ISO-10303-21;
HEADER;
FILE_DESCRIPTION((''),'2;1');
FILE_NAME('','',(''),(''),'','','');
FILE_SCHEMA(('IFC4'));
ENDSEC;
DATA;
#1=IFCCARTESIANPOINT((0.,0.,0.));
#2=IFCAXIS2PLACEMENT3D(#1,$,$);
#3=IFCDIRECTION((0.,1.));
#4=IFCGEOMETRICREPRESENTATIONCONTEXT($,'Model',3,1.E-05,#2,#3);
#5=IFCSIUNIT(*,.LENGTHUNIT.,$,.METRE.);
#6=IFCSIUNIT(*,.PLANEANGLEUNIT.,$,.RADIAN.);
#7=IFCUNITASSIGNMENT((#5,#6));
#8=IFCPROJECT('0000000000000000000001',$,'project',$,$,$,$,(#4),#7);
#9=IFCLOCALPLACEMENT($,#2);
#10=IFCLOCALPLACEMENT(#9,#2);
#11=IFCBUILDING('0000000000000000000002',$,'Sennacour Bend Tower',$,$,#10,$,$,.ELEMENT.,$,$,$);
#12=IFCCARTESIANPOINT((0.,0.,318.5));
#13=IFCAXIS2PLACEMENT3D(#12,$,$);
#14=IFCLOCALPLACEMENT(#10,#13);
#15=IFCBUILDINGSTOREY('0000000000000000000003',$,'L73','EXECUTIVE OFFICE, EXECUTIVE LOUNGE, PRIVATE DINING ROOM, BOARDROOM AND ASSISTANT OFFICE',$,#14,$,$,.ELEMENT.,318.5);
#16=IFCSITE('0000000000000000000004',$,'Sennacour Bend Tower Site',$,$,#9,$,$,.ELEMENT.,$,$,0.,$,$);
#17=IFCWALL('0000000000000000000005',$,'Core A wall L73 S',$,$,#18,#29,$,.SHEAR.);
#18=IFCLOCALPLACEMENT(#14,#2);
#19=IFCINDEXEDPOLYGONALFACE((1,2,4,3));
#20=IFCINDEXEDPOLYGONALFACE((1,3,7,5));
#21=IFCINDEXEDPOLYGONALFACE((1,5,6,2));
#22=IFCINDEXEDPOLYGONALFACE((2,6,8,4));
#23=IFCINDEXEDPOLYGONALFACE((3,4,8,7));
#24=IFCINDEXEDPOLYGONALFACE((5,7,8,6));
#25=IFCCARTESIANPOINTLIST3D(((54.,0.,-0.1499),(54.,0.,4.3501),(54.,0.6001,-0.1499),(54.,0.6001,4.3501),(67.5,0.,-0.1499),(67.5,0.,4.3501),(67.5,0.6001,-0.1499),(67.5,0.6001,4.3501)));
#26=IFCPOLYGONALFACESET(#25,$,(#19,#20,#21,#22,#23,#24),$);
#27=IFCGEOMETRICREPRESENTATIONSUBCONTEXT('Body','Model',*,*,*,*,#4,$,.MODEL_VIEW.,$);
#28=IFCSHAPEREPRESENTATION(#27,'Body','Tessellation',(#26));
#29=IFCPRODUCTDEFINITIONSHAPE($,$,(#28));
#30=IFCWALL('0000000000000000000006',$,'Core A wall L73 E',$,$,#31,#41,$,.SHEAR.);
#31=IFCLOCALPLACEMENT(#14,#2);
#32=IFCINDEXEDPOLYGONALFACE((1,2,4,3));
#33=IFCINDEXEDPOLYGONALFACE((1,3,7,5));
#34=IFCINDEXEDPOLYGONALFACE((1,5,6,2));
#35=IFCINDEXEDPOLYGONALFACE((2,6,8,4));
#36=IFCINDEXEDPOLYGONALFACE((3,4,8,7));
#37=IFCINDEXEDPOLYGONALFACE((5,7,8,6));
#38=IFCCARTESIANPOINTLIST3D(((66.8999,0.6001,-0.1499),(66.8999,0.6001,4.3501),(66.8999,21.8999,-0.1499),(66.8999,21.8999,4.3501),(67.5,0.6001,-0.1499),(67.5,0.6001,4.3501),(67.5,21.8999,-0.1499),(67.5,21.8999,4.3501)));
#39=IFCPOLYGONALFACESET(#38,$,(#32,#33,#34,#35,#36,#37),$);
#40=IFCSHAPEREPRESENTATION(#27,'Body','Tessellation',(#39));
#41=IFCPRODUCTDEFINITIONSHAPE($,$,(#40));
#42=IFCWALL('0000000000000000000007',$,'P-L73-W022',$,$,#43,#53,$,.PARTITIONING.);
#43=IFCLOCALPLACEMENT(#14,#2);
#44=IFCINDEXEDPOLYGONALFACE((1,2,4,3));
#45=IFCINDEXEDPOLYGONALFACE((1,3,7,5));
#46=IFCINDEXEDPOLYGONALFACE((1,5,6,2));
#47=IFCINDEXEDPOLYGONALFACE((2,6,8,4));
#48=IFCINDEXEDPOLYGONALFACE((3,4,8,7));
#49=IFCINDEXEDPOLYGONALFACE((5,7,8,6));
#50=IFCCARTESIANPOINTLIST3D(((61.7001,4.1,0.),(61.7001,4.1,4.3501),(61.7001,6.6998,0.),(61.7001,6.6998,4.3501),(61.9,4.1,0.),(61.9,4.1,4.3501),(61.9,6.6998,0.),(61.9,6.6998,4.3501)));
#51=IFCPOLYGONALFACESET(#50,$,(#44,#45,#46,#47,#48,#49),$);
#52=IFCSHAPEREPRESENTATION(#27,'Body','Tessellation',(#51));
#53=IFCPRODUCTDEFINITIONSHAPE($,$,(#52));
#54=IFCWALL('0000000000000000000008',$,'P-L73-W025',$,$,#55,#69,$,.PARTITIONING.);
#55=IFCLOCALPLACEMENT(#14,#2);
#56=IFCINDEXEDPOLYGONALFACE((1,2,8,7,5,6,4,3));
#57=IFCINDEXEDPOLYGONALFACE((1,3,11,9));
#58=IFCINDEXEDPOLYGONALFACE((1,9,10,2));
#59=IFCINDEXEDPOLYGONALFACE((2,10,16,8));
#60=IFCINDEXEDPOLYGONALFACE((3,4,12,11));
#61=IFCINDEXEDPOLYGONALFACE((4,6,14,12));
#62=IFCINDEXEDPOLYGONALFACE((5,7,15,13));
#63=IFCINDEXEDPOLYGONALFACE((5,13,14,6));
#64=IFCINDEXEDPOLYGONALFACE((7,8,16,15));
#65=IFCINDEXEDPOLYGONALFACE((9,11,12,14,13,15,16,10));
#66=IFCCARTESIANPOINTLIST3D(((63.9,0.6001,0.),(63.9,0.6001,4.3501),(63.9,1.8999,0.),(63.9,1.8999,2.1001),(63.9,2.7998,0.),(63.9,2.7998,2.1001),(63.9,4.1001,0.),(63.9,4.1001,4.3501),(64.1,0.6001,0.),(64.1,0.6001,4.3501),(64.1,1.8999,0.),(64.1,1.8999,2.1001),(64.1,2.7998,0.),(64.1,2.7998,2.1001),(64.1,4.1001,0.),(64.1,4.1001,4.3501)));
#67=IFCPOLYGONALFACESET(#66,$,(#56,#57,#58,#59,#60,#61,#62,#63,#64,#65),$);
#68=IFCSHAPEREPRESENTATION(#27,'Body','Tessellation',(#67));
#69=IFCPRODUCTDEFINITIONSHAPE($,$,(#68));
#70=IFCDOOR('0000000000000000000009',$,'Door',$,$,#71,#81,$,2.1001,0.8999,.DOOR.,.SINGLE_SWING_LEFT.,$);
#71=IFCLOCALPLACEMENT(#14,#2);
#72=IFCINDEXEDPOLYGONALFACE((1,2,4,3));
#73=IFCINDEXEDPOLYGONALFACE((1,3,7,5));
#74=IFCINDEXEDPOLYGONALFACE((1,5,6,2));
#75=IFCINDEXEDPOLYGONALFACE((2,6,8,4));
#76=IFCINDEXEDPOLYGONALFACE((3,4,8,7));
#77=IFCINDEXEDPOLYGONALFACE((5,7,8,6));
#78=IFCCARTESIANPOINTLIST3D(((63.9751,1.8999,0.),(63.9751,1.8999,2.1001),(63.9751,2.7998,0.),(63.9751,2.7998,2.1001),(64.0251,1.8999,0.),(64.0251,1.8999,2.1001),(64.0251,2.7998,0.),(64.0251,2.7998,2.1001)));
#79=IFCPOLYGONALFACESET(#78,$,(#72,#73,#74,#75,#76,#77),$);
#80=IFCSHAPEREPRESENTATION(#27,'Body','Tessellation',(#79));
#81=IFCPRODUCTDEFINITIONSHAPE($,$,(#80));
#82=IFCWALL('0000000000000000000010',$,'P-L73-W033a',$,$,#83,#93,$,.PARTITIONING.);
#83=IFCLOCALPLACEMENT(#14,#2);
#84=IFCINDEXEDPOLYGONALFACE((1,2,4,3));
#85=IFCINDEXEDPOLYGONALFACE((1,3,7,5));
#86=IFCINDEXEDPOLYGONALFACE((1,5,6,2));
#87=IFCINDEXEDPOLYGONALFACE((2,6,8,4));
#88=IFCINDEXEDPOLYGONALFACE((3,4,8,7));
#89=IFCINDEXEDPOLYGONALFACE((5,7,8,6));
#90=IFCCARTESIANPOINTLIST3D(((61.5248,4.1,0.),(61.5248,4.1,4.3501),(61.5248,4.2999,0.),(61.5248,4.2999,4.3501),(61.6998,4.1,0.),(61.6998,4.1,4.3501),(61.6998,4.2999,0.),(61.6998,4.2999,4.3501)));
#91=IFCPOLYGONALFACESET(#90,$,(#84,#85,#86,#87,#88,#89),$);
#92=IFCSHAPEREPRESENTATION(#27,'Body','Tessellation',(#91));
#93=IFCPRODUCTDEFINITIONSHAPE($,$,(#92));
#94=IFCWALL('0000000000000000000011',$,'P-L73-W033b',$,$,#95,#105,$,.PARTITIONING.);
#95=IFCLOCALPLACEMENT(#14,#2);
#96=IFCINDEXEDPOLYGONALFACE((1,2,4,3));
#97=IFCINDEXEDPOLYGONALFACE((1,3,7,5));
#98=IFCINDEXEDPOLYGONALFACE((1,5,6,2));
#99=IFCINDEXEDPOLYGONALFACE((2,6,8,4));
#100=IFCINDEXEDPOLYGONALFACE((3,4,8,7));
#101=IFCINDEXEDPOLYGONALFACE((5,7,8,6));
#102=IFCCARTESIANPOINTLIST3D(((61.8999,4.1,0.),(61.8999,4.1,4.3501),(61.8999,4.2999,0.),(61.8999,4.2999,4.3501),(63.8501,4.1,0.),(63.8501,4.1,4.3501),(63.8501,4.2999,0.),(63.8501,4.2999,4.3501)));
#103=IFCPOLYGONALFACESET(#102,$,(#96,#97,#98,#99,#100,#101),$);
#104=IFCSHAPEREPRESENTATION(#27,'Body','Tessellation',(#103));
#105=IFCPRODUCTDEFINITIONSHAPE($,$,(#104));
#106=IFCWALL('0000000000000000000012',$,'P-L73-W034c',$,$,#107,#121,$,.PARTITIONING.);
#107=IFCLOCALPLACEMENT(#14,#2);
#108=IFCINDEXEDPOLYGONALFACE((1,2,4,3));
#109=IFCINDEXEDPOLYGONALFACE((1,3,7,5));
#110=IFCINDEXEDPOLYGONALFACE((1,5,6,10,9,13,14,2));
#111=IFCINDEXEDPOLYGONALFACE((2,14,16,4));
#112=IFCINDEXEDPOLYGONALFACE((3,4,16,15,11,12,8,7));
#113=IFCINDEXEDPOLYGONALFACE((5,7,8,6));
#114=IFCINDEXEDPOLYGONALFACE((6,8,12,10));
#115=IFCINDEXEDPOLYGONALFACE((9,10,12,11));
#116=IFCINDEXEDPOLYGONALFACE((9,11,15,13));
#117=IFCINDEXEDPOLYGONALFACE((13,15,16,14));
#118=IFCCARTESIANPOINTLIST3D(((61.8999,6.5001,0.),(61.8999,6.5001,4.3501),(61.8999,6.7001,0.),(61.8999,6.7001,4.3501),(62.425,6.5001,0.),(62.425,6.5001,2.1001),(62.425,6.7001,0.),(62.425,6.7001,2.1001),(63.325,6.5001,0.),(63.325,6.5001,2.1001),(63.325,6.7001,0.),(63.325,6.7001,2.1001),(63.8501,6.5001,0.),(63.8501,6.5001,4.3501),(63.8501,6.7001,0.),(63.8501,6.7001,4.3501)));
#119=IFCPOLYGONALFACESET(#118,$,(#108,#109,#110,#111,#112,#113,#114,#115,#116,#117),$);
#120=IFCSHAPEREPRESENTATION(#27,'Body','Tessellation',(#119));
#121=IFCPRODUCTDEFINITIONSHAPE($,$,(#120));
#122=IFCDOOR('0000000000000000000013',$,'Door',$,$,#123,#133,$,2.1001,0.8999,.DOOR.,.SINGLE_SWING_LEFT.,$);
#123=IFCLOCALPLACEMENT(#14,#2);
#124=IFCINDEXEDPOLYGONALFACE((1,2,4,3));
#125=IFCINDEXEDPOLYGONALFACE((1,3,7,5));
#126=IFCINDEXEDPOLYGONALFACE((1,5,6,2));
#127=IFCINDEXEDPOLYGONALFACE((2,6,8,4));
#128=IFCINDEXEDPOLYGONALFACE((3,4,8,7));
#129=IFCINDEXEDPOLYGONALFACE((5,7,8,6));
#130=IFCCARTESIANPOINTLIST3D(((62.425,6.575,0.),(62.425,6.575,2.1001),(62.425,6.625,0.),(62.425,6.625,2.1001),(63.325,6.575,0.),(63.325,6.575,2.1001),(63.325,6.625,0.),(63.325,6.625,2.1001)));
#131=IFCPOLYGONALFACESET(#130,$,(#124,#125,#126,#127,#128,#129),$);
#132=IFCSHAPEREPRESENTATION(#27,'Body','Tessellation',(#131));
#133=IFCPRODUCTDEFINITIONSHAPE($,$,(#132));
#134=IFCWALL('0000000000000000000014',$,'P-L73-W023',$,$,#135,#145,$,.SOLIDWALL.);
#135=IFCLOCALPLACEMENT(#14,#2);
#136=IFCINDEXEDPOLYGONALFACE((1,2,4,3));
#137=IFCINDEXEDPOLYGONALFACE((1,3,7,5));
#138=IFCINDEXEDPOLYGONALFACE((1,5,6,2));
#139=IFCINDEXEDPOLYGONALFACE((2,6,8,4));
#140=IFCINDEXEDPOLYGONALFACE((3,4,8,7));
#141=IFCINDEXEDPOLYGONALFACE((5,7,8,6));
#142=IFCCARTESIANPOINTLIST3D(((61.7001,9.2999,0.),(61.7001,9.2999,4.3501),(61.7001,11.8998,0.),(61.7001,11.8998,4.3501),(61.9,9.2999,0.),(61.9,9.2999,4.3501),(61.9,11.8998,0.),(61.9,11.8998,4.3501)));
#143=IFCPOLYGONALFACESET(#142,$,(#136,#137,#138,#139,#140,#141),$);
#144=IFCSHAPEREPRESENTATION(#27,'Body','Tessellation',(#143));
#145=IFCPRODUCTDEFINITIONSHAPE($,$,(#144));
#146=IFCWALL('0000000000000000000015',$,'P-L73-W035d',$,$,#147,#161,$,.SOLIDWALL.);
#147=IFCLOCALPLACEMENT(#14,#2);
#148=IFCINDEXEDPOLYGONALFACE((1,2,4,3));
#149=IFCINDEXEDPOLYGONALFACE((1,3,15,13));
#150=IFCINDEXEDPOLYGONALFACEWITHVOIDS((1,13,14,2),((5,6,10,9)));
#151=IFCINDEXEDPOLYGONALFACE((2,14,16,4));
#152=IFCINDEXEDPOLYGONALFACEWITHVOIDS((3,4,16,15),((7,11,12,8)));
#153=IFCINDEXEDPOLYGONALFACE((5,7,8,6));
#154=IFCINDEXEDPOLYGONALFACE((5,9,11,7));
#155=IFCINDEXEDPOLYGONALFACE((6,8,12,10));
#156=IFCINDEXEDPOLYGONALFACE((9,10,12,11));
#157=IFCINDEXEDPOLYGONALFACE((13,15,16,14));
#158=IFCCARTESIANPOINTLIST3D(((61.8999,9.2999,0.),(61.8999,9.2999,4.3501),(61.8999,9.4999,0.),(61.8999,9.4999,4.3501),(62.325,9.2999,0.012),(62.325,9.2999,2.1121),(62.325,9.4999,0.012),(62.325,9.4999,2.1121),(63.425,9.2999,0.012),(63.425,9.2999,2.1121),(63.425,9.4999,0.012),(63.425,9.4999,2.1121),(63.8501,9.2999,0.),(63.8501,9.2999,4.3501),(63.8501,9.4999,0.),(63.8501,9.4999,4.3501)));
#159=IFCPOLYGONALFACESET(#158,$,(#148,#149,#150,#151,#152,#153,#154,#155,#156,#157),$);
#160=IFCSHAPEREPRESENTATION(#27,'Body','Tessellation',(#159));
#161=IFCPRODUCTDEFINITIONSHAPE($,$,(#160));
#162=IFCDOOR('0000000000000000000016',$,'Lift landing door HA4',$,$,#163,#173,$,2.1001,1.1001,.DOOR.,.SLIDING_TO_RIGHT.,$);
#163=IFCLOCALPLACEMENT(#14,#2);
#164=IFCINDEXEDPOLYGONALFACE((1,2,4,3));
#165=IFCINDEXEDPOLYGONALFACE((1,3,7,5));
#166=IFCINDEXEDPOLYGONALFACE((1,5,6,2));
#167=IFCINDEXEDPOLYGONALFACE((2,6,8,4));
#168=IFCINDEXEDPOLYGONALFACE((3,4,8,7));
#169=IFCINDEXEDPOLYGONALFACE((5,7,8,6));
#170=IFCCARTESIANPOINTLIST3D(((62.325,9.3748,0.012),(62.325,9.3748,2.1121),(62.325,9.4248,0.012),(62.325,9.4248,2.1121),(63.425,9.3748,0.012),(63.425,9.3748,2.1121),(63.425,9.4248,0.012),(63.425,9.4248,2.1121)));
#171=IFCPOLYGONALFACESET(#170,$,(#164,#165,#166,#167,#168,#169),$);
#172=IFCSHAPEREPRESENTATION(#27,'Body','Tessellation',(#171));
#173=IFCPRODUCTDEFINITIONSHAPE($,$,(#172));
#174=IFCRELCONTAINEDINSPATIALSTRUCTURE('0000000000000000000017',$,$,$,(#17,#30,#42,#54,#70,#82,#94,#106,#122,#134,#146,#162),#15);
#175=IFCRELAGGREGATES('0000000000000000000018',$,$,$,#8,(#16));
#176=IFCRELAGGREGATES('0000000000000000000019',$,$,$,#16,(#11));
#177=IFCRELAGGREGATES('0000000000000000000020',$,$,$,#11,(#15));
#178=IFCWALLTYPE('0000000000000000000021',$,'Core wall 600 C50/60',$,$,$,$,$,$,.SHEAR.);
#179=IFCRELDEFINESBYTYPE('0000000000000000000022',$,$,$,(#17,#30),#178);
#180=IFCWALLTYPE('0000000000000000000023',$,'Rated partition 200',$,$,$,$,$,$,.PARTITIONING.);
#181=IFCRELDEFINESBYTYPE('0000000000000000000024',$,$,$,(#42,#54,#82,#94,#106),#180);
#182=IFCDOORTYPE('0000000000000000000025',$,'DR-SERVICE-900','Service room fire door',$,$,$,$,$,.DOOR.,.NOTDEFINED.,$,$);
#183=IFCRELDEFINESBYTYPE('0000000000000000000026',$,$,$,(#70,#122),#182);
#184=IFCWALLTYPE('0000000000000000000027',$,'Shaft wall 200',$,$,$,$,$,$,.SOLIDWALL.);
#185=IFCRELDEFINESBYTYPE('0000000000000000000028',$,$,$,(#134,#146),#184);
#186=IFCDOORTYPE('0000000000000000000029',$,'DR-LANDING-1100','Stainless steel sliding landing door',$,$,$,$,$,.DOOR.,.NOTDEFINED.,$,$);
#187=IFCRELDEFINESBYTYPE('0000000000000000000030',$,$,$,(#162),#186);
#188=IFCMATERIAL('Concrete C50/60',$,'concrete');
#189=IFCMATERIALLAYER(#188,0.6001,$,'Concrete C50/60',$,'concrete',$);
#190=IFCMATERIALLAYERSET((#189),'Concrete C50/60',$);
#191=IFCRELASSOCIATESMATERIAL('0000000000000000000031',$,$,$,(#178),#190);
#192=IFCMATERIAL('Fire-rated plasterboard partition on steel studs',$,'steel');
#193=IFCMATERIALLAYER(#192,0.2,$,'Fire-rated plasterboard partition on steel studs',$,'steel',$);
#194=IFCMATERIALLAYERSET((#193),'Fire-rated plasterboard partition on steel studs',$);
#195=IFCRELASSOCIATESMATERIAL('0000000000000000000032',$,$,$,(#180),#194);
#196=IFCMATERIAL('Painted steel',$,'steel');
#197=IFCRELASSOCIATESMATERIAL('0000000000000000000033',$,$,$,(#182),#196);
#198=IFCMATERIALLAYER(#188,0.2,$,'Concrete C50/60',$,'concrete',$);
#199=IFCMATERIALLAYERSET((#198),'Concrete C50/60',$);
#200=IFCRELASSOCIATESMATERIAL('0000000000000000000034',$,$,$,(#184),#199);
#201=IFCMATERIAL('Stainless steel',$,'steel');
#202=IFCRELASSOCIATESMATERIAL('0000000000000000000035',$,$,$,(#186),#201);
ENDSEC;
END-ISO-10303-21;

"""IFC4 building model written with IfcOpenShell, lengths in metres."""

from ifc_helpers import new_model, si_unit, direction, frame, frame_2d, origin, place, context, subcontext, project, spatial, rectangle, extrude, material, layer, layer_set, type_object, element, fill, save


model = new_model("IFC4")

# Units and contexts
model_context = context("Model", 3, precision=1e-05, world=origin(), true_north=direction((0.0, 1.0)))
body_context = subcontext(model_context, "Body", "Model", "MODEL_VIEW")
ifc_project = project(units=[si_unit("LENGTHUNIT", "METRE"), si_unit("PLANEANGLEUNIT", "RADIAN")], contexts=[model_context])

# Site, building, storey
site_placement = place(None, origin())
site = spatial("IfcSite", under=ifc_project, at=site_placement, Name="Sennacour Bend Tower Site", CompositionType="ELEMENT", RefElevation=0.0)
building_placement = place(site_placement, origin())
building = spatial("IfcBuilding", under=site, at=building_placement, Name="Sennacour Bend Tower", CompositionType="ELEMENT")
storey_placement = place(building_placement, frame((0.0, 0.0, 318.5)))
storey = spatial("IfcBuildingStorey", under=building, at=storey_placement, Name="L73", Description="EXECUTIVE OFFICE, EXECUTIVE LOUNGE, PRIVATE DINING ROOM, BOARDROOM AND ASSISTANT OFFICE", CompositionType="ELEMENT", Elevation=318.5)

# Walls
ifc_material_1 = material(Name="Concrete C50/60", Category="concrete")
ifc_layer_1 = layer(ifc_material_1, 0.6001, Name="Concrete C50/60", Category="concrete")
ifc_layer_set_1 = layer_set([ifc_layer_1], Name="Concrete C50/60")
wall_type_1 = type_object("IfcWallType", Name="Core wall 600 C50/60", PredefinedType="SHEAR", material=ifc_layer_set_1)
wall_1_placement = place(storey_placement, frame((67.5, 0.3, -0.1499), z_axis=(0.0, 0.0, 1.0), x_axis=(-1.0, 0.0, 0.0)))
element("IfcWall", 1, at=wall_1_placement, inside=storey, type_object=wall_type_1, Name="Core A wall L73 S", PredefinedType="SHEAR", context=body_context, shape_type="SweptSolid", body=[
    extrude(rectangle(XDim=13.5, YDim=0.6001, at=frame_2d((6.75, 0.0))), origin(), (0.0, 0.0, 1.0), 4.5),
])
wall_2_placement = place(storey_placement, frame((67.2, 0.6001, -0.1499), z_axis=(0.0, 0.0, 1.0), x_axis=(0.0, 1.0, 0.0)))
element("IfcWall", 2, at=wall_2_placement, inside=storey, type_object=wall_type_1, Name="Core A wall L73 E", PredefinedType="SHEAR", context=body_context, shape_type="SweptSolid", body=[
    extrude(rectangle(XDim=21.2998, YDim=0.6001, at=frame_2d((10.6499, 0.0))), origin(), (0.0, 0.0, 1.0), 4.5),
])
ifc_material_2 = material(Name="Fire-rated plasterboard partition on steel studs", Category="steel")
ifc_layer_2 = layer(ifc_material_2, 0.2, Name="Fire-rated plasterboard partition on steel studs", Category="steel")
ifc_layer_set_2 = layer_set([ifc_layer_2], Name="Fire-rated plasterboard partition on steel studs")
wall_type_2 = type_object("IfcWallType", Name="Rated partition 200", PredefinedType="PARTITIONING", material=ifc_layer_set_2)
wall_3_placement = place(storey_placement, frame((61.8, 4.1001, 0.0), z_axis=(0.0, 0.0, 1.0), x_axis=(0.0, 1.0, 0.0)))
element("IfcWall", 3, at=wall_3_placement, inside=storey, type_object=wall_type_2, Name="P-L73-W022", PredefinedType="PARTITIONING", context=body_context, shape_type="SweptSolid", body=[
    extrude(rectangle(XDim=2.5999, YDim=0.2, at=frame_2d((1.2998, 0.0))), origin(), (0.0, 0.0, 1.0), 4.3501),
])

# Wall, opening, door
wall_4_placement = place(storey_placement, frame((64.0, 0.6001, 0.0), z_axis=(0.0, 0.0, 1.0), x_axis=(0.0, 1.0, 0.0)))
wall_4 = element("IfcWall", 4, at=wall_4_placement, inside=storey, type_object=wall_type_2, Name="P-L73-W025", PredefinedType="PARTITIONING", context=body_context, shape_type="SweptSolid", body=[
    extrude(rectangle(XDim=3.5, YDim=0.2, at=frame_2d((1.75, 0.0))), origin(), (0.0, 0.0, 1.0), 4.3501),
])
opening_1_placement = place(wall_4_placement, frame((1.2998, 0.0, 0.0)))
opening_1 = element("IfcOpeningElement", 5, at=opening_1_placement, cuts=wall_4, PredefinedType="OPENING", context=body_context, shape_type="SweptSolid", body=[
    extrude(rectangle(XDim=0.8999, YDim=2.1001, at=frame_2d((0.45, 1.05))), frame((0.0, 0.1099, 0.0), z_axis=(0.0, -1.0, 0.0), x_axis=(1.0, 0.0, 0.0)), (0.0, 0.0, 1.0), 0.22),
])
ifc_material_3 = material(Name="Painted steel", Category="steel")
door_type_1 = type_object("IfcDoorType", Name="DR-SERVICE-900", Description="Service room fire door", OperationType="NOTDEFINED", PredefinedType="DOOR", material=ifc_material_3)
door_1_placement = place(opening_1_placement, origin())
door_1 = element("IfcDoor", 6, at=door_1_placement, inside=storey, type_object=door_type_1, Name="Door", OperationType="SINGLE_SWING_LEFT", OverallHeight=2.1001, OverallWidth=0.8999, PredefinedType="DOOR", context=body_context, shape_type="SweptSolid", body=[
    extrude(rectangle(XDim=0.8999, YDim=2.1001, at=frame_2d((0.45, 1.05))), frame((0.0, 0.0249, 0.0), z_axis=(0.0, -1.0, 0.0), x_axis=(1.0, 0.0, 0.0)), (0.0, 0.0, 1.0), 0.05),
])
fill(opening_1, door_1)

# Walls
wall_5_placement = place(storey_placement, frame((61.5249, 4.2, 0.0), z_axis=(0.0, 0.0, 1.0), x_axis=(1.0, 0.0, 0.0)))
element("IfcWall", 7, at=wall_5_placement, inside=storey, type_object=wall_type_2, Name="P-L73-W033a", PredefinedType="PARTITIONING", context=body_context, shape_type="SweptSolid", body=[
    extrude(rectangle(XDim=0.175, YDim=0.2, at=frame_2d((0.0874, 0.0))), origin(), (0.0, 0.0, 1.0), 4.3501),
])
wall_6_placement = place(storey_placement, frame((61.8999, 4.2, 0.0), z_axis=(0.0, 0.0, 1.0), x_axis=(1.0, 0.0, 0.0)))
element("IfcWall", 8, at=wall_6_placement, inside=storey, type_object=wall_type_2, Name="P-L73-W033b", PredefinedType="PARTITIONING", context=body_context, shape_type="SweptSolid", body=[
    extrude(rectangle(XDim=1.9502, YDim=0.2, at=frame_2d((0.9751, 0.0))), origin(), (0.0, 0.0, 1.0), 4.3501),
])

# Wall, opening, door
wall_7_placement = place(storey_placement, frame((61.8999, 6.6001, 0.0), z_axis=(0.0, 0.0, 1.0), x_axis=(1.0, 0.0, 0.0)))
wall_7 = element("IfcWall", 9, at=wall_7_placement, inside=storey, type_object=wall_type_2, Name="P-L73-W034c", PredefinedType="PARTITIONING", context=body_context, shape_type="SweptSolid", body=[
    extrude(rectangle(XDim=1.9502, YDim=0.2, at=frame_2d((0.9751, 0.0))), origin(), (0.0, 0.0, 1.0), 4.3501),
])
opening_2_placement = place(wall_7_placement, frame((0.5251, 0.0, 0.0)))
opening_2 = element("IfcOpeningElement", 10, at=opening_2_placement, cuts=wall_7, PredefinedType="OPENING", context=body_context, shape_type="SweptSolid", body=[
    extrude(rectangle(XDim=0.8999, YDim=2.1001, at=frame_2d((0.45, 1.05))), frame((0.0, 0.1099, 0.0), z_axis=(0.0, -1.0, 0.0), x_axis=(1.0, 0.0, 0.0)), (0.0, 0.0, 1.0), 0.22),
])
door_2_placement = place(opening_2_placement, origin())
door_2 = element("IfcDoor", 11, at=door_2_placement, inside=storey, type_object=door_type_1, Name="Door", OperationType="SINGLE_SWING_LEFT", OverallHeight=2.1001, OverallWidth=0.8999, PredefinedType="DOOR", context=body_context, shape_type="SweptSolid", body=[
    extrude(rectangle(XDim=0.8999, YDim=2.1001, at=frame_2d((0.45, 1.05))), frame((0.0, 0.0249, 0.0), z_axis=(0.0, -1.0, 0.0), x_axis=(1.0, 0.0, 0.0)), (0.0, 0.0, 1.0), 0.05),
])
fill(opening_2, door_2)

# Wall
ifc_layer_3 = layer(ifc_material_1, 0.2, Name="Concrete C50/60", Category="concrete")
ifc_layer_set_3 = layer_set([ifc_layer_3], Name="Concrete C50/60")
wall_type_3 = type_object("IfcWallType", Name="Shaft wall 200", PredefinedType="SOLIDWALL", material=ifc_layer_set_3)
wall_8_placement = place(storey_placement, frame((61.8, 9.3, 0.0), z_axis=(0.0, 0.0, 1.0), x_axis=(0.0, 1.0, 0.0)))
element("IfcWall", 12, at=wall_8_placement, inside=storey, type_object=wall_type_3, Name="P-L73-W023", PredefinedType="SOLIDWALL", context=body_context, shape_type="SweptSolid", body=[
    extrude(rectangle(XDim=2.5999, YDim=0.2, at=frame_2d((1.2998, 0.0))), origin(), (0.0, 0.0, 1.0), 4.3501),
])

# Wall, opening, door
wall_9_placement = place(storey_placement, frame((61.8999, 9.3999, 0.0), z_axis=(0.0, 0.0, 1.0), x_axis=(1.0, 0.0, 0.0)))
wall_9 = element("IfcWall", 13, at=wall_9_placement, inside=storey, type_object=wall_type_3, Name="P-L73-W035d", PredefinedType="SOLIDWALL", context=body_context, shape_type="SweptSolid", body=[
    extrude(rectangle(XDim=1.9502, YDim=0.2, at=frame_2d((0.9751, 0.0))), origin(), (0.0, 0.0, 1.0), 4.3501),
])
opening_3_placement = place(wall_9_placement, frame((0.425, 0.0, 0.012)))
opening_3 = element("IfcOpeningElement", 14, at=opening_3_placement, cuts=wall_9, PredefinedType="OPENING", context=body_context, shape_type="SweptSolid", body=[
    extrude(rectangle(XDim=1.1001, YDim=2.1001, at=frame_2d((0.55, 1.05))), frame((0.0, 0.1099, 0.0), z_axis=(0.0, -1.0, 0.0), x_axis=(1.0, 0.0, 0.0)), (0.0, 0.0, 1.0), 0.22),
])
ifc_material_4 = material(Name="Stainless steel", Category="steel")
door_type_2 = type_object("IfcDoorType", Name="DR-LANDING-1100", Description="Stainless steel sliding landing door", OperationType="NOTDEFINED", PredefinedType="DOOR", material=ifc_material_4)
door_3_placement = place(opening_3_placement, origin())
door_3 = element("IfcDoor", 15, at=door_3_placement, inside=storey, type_object=door_type_2, Name="Lift landing door HA4", OperationType="SLIDING_TO_RIGHT", OverallHeight=2.1001, OverallWidth=1.1001, PredefinedType="DOOR", context=body_context, shape_type="SweptSolid", body=[
    extrude(rectangle(XDim=1.1001, YDim=2.1001, at=frame_2d((0.55, 1.05))), frame((0.0, 0.0249, 0.0), z_axis=(0.0, -1.0, 0.0), x_axis=(1.0, 0.0, 0.0)), (0.0, 0.0, 1.0), 0.05),
])
fill(opening_3, door_3)

save(model, "model.ifc")
